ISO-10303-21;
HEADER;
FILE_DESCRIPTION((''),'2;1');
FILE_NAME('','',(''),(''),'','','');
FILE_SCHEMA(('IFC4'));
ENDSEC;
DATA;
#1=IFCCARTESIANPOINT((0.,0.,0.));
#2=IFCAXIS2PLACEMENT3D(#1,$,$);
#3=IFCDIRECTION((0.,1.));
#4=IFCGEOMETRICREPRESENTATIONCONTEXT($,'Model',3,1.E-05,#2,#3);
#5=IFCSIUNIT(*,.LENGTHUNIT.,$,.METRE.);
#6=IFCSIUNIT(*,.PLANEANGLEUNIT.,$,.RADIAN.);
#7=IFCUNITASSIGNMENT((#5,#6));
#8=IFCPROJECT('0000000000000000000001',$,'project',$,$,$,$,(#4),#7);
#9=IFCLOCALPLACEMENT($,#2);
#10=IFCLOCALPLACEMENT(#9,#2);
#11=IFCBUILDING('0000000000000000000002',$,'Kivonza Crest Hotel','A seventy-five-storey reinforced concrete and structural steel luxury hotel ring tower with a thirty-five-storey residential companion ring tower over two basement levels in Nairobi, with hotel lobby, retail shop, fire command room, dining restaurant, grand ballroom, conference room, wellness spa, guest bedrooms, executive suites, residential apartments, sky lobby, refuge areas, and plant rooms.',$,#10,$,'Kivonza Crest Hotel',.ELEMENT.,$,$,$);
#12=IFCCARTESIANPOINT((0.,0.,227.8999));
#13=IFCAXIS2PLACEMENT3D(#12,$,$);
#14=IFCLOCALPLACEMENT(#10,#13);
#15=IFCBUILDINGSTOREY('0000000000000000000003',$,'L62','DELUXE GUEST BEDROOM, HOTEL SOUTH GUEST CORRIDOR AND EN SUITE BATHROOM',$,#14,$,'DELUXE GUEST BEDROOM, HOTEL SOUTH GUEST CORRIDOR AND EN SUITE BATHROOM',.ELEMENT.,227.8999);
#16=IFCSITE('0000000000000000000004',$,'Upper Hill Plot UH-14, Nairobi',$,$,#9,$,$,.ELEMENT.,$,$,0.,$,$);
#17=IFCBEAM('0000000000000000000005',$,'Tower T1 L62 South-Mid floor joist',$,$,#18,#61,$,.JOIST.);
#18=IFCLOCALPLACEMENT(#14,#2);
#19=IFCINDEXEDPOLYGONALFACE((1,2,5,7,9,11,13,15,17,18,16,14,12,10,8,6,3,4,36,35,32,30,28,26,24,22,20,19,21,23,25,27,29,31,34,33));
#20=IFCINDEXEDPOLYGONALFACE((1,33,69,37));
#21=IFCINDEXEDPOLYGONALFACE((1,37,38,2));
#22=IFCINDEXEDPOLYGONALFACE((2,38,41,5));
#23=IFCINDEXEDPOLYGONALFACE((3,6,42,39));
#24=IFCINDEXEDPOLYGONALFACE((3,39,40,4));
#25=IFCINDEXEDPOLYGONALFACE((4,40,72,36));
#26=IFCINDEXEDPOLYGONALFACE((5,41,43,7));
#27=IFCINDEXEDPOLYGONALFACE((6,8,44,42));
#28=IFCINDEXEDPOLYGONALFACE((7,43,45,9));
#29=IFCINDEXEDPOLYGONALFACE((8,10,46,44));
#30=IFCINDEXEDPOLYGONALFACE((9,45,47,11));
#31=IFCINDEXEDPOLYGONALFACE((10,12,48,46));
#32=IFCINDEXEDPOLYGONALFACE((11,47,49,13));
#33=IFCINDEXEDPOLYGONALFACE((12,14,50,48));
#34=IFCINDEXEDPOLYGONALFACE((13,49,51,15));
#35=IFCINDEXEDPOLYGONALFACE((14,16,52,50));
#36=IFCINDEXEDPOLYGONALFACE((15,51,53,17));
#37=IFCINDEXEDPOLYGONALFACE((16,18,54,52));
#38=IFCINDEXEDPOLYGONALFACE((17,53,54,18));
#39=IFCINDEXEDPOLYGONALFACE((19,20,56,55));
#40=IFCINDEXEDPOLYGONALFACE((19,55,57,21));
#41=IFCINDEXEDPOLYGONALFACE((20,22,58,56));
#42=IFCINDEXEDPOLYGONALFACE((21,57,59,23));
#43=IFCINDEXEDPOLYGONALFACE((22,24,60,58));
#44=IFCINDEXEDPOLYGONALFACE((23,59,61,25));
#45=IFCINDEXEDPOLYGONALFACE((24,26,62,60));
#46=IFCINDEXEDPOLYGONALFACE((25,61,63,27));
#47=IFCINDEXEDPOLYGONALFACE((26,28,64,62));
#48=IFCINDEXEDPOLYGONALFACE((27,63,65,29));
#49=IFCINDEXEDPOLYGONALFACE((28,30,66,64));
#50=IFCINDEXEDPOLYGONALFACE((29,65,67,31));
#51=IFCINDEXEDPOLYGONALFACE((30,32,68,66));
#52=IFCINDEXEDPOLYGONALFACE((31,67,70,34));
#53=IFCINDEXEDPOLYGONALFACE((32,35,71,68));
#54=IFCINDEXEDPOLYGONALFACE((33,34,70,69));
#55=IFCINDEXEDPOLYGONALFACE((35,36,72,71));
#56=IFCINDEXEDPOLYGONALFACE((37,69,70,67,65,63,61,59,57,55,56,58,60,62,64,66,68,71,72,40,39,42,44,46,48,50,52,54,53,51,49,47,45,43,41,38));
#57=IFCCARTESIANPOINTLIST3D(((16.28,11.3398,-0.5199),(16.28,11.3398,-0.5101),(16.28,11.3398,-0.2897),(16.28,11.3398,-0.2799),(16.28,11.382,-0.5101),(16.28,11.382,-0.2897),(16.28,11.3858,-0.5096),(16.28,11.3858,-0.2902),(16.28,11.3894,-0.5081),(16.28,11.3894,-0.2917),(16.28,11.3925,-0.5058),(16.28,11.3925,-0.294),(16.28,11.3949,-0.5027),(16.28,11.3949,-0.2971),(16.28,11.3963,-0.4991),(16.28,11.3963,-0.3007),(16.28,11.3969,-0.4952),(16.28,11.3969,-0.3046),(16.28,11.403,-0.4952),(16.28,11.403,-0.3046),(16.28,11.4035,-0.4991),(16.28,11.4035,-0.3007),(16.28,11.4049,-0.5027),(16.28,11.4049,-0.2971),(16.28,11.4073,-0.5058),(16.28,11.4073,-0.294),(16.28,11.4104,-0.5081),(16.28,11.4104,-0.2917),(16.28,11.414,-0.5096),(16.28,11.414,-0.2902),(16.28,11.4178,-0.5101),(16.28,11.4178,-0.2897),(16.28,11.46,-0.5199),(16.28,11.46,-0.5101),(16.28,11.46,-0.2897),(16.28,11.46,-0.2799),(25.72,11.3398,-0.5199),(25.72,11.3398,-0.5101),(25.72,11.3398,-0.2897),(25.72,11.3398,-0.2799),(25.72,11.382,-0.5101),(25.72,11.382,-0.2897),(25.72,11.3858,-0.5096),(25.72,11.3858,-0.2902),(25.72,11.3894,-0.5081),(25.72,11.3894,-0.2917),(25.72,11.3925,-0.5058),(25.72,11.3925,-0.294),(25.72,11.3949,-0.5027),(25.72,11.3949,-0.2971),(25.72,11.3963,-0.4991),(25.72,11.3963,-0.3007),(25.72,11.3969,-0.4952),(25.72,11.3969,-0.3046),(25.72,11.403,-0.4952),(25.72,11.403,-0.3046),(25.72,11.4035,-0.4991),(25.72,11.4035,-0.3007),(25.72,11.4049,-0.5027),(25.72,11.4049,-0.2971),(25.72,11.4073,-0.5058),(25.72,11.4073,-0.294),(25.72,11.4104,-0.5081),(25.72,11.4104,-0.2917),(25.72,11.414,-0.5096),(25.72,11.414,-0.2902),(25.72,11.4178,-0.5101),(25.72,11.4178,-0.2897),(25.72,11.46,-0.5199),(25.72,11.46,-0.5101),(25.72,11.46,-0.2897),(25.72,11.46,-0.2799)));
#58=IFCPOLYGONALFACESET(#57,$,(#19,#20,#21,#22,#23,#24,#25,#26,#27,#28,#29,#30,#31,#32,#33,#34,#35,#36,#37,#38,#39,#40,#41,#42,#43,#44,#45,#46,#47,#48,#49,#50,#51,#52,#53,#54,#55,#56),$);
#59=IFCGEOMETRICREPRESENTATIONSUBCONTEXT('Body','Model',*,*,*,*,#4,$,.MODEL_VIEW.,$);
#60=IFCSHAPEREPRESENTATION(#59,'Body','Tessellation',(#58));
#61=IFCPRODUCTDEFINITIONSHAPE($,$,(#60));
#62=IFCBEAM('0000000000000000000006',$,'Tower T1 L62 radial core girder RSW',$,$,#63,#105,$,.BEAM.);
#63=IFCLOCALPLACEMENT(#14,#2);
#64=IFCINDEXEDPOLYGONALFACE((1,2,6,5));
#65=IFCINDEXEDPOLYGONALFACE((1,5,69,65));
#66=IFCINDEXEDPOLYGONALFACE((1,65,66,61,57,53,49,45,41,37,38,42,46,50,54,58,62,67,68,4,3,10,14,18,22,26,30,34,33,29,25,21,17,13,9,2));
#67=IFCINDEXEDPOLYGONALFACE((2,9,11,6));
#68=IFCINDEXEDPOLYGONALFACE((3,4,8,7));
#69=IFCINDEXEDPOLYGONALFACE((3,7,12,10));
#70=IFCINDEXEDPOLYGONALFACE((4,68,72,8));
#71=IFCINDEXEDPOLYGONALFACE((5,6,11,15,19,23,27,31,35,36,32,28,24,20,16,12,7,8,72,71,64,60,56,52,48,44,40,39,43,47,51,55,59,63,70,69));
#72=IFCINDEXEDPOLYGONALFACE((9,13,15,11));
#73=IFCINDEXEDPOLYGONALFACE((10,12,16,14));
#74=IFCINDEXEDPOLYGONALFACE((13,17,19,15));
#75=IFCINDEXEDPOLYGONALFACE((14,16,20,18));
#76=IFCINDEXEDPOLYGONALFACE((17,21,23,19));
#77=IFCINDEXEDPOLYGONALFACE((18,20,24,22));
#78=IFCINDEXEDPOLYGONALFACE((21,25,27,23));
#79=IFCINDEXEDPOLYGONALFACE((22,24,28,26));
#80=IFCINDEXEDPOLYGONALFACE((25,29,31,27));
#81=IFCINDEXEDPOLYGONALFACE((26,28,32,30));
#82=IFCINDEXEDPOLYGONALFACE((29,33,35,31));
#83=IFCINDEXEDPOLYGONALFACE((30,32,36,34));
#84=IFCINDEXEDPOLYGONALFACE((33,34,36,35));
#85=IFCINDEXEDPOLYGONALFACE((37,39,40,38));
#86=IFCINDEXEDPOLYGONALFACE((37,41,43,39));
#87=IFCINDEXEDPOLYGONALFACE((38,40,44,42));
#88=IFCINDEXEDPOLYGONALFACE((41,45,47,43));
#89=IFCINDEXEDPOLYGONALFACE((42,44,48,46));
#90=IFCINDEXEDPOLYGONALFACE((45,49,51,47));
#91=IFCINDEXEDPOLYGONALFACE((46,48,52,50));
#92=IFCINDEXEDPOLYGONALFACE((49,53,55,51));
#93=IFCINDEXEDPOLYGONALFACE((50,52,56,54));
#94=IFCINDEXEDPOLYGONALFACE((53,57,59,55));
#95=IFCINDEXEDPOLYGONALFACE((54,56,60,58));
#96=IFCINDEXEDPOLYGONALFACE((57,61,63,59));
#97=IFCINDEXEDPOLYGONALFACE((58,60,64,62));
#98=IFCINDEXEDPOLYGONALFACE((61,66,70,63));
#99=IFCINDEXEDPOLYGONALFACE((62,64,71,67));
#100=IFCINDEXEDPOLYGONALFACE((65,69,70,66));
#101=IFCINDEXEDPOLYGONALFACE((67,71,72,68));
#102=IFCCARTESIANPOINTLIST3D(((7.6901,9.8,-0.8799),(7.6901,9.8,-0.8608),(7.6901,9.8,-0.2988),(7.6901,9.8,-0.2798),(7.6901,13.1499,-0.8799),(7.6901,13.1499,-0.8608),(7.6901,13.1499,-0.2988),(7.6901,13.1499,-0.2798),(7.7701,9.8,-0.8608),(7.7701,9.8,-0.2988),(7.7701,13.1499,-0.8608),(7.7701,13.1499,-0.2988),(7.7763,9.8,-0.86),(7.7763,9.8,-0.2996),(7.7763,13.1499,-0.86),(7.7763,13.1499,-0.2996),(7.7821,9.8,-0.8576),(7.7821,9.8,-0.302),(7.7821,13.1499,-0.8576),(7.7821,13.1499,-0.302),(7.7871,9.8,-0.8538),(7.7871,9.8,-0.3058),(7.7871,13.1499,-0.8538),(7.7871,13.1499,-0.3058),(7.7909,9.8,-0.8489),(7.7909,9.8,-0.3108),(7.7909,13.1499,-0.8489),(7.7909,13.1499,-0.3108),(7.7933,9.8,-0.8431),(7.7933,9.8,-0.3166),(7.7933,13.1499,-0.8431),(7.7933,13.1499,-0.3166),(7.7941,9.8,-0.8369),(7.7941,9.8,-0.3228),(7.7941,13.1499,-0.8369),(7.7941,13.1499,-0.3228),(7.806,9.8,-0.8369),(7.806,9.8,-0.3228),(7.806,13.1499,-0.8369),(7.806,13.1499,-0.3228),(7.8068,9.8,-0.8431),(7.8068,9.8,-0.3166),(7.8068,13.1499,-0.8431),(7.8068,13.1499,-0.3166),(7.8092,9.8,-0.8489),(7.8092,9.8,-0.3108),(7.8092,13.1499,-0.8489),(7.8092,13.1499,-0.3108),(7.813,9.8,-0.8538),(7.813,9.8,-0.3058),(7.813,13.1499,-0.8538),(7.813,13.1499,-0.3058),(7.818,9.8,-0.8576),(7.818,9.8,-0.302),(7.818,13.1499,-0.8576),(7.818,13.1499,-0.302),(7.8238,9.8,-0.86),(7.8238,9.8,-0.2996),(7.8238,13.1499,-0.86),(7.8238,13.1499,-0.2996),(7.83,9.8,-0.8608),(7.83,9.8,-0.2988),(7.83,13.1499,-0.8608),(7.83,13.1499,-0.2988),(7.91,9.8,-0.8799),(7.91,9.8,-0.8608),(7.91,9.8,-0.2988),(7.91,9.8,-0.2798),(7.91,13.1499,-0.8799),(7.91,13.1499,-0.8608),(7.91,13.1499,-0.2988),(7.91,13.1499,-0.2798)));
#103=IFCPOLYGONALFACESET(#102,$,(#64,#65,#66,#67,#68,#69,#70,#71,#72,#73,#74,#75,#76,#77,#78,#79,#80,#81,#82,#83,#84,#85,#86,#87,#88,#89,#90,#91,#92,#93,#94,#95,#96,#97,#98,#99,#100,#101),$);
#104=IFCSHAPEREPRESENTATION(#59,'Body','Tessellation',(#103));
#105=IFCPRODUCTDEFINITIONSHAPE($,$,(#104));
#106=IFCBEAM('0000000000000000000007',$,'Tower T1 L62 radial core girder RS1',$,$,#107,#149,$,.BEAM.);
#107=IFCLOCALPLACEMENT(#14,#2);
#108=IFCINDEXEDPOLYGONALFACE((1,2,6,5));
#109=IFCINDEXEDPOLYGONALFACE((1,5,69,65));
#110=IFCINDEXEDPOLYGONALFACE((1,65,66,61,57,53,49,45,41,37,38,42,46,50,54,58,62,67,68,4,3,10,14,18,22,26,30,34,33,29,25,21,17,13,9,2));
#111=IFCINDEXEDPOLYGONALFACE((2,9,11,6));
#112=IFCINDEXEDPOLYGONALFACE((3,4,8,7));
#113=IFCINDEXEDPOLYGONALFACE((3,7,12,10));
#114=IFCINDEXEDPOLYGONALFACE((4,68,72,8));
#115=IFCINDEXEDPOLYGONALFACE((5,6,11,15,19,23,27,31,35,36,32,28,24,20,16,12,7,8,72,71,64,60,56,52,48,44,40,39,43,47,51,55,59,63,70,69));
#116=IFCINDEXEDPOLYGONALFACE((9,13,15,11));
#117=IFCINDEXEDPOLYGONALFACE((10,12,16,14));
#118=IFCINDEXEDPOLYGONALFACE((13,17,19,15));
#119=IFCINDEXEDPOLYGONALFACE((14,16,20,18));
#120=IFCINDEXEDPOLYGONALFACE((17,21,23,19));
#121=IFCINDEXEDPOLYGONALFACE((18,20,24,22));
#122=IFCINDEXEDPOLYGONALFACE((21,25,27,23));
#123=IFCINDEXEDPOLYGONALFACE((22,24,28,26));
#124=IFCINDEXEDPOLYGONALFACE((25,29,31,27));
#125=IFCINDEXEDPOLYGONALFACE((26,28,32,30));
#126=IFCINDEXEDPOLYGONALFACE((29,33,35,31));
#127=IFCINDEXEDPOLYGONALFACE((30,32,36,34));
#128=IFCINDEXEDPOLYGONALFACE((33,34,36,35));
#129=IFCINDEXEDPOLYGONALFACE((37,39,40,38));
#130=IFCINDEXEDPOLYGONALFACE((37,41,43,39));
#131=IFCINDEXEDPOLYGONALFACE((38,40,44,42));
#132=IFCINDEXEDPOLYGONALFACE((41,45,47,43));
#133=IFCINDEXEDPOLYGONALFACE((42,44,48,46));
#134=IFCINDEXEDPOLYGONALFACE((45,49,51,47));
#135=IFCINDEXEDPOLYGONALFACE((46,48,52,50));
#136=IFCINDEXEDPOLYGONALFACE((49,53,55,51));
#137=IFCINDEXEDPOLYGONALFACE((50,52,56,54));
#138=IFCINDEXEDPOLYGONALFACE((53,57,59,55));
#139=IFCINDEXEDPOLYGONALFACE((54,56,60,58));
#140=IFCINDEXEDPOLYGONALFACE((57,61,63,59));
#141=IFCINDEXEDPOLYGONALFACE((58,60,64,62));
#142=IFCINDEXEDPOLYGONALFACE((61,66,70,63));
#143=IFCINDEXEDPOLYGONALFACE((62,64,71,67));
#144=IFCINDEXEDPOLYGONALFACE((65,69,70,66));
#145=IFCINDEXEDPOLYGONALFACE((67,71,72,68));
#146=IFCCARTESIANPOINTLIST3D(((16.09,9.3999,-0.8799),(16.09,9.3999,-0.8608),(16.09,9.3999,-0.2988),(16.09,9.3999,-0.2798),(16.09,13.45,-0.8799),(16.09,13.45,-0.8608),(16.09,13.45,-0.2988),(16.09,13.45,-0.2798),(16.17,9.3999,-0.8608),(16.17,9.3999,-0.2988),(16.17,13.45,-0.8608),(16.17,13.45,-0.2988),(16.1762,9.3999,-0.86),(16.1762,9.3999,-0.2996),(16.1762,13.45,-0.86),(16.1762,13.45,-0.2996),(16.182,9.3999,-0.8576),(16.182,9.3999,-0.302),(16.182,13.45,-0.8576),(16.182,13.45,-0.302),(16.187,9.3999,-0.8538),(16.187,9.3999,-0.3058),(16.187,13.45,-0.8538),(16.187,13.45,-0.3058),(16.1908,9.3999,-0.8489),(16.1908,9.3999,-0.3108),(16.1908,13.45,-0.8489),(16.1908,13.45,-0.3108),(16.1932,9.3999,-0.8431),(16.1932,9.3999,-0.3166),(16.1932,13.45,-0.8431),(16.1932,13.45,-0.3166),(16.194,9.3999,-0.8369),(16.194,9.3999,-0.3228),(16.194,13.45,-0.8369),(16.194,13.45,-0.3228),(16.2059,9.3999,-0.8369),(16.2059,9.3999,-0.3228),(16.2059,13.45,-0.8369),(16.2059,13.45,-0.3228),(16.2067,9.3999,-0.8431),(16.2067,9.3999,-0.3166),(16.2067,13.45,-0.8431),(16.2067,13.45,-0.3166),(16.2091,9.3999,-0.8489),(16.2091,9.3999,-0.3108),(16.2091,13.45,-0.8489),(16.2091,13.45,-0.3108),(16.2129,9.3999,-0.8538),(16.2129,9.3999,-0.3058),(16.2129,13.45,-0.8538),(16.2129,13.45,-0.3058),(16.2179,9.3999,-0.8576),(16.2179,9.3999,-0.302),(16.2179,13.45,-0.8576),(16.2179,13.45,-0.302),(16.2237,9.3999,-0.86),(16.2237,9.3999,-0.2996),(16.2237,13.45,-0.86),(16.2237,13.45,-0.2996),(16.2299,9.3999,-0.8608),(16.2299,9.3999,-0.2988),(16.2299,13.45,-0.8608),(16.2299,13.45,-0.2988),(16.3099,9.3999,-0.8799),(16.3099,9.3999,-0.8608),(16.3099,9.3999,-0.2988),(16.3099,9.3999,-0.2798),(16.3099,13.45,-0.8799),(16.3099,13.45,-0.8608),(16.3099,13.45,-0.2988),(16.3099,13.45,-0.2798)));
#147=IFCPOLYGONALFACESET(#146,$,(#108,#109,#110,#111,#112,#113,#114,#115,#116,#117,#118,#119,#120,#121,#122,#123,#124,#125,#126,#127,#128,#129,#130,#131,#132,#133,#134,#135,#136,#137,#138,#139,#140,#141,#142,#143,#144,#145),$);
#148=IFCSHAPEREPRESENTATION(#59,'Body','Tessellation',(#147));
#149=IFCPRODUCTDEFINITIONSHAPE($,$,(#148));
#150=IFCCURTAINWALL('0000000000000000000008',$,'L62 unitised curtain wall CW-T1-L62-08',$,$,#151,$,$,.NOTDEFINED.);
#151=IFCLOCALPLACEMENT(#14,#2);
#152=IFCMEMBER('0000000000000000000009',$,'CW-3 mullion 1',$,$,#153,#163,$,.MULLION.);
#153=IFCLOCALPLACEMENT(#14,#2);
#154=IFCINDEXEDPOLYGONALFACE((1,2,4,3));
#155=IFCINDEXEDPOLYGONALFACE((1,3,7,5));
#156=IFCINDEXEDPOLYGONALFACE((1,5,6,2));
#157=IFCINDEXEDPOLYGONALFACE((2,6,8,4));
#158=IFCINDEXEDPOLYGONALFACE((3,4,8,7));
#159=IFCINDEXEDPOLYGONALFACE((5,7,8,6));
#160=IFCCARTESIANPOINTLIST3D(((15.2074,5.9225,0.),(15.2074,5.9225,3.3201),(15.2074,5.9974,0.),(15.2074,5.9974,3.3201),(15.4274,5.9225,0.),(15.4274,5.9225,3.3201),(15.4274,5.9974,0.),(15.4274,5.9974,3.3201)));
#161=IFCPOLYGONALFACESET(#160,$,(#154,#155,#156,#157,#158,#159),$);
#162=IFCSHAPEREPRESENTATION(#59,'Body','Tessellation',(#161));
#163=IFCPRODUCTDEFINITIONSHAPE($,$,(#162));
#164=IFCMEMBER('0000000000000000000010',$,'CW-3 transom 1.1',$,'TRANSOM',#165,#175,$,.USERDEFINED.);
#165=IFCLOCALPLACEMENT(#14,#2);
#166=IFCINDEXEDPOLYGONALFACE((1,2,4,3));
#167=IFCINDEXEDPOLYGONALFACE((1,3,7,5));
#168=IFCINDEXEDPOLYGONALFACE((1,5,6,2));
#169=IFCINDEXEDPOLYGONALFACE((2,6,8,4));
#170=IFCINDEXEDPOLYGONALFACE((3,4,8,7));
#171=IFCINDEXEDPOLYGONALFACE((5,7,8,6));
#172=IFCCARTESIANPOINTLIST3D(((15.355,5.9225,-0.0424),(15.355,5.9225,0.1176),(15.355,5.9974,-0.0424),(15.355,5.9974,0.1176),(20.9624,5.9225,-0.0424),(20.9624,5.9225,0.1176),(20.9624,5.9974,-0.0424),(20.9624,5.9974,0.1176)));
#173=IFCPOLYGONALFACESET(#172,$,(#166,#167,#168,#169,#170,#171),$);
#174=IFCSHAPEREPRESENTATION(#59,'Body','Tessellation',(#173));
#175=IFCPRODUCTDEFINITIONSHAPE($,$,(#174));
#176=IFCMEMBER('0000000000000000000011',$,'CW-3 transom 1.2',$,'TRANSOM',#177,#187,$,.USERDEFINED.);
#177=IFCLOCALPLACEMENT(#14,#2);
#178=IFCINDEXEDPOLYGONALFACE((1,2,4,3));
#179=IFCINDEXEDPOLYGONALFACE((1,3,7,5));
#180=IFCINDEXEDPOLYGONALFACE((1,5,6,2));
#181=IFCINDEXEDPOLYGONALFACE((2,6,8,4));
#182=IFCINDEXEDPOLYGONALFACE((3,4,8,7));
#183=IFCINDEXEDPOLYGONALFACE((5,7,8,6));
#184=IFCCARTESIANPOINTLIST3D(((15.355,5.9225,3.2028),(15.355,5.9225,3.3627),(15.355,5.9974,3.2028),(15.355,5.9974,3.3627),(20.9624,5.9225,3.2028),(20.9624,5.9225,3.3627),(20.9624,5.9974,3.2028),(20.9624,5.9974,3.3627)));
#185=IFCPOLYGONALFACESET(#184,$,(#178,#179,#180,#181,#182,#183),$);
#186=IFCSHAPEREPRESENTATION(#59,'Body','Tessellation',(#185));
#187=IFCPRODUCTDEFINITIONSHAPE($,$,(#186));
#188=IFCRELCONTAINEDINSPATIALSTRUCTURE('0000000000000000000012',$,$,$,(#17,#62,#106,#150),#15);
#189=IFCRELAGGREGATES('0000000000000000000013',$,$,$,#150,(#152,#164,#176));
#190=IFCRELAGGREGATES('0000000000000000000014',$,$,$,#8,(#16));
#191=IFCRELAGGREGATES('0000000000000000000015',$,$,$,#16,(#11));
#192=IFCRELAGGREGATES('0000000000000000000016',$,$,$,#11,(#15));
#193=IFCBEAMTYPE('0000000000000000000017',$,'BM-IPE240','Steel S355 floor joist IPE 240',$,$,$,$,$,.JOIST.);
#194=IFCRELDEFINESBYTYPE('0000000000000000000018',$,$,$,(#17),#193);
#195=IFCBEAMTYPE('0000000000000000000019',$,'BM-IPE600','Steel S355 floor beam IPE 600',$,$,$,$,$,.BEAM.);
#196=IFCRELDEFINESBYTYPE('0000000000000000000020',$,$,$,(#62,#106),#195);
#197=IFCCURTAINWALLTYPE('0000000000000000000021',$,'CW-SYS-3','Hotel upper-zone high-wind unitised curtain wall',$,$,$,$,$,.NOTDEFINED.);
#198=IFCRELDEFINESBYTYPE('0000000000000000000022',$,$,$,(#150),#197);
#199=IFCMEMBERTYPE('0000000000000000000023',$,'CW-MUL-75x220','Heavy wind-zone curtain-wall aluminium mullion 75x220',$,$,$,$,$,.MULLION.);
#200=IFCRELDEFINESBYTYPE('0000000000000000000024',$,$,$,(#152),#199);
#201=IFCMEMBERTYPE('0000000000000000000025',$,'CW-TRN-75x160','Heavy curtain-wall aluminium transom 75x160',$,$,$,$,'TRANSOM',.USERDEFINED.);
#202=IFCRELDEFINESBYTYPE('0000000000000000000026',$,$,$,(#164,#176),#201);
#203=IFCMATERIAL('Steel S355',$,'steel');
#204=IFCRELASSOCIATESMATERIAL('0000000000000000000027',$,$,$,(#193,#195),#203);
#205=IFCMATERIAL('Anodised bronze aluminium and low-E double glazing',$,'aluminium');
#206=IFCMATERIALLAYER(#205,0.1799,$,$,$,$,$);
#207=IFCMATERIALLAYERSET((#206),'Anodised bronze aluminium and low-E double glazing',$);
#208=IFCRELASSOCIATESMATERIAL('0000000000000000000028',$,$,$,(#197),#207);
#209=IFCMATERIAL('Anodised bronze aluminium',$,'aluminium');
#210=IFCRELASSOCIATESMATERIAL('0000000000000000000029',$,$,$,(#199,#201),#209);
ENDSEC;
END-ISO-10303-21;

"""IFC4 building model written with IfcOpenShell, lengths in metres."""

from ifc_helpers import new_model, si_unit, direction, frame, origin, origin_2d, place, context, subcontext, project, spatial, rectangle, i_section, extrude, material, layer, layer_set, material_profile, profile_set, type_object, element, aggregate, save


model = new_model("IFC4")

# Units and contexts
model_context = context("Model", 3, precision=1e-05, world=origin(), true_north=direction((0.0, 1.0)))
body_context = subcontext(model_context, "Body", "Model", "MODEL_VIEW")
ifc_project = project(units=[si_unit("LENGTHUNIT", "METRE"), si_unit("PLANEANGLEUNIT", "RADIAN")], contexts=[model_context])

# Site, building, storey
site_placement = place(None, origin())
site = spatial("IfcSite", under=ifc_project, at=site_placement, Name="Upper Hill Plot UH-14, Nairobi", CompositionType="ELEMENT", RefElevation=0.0)
building_placement = place(site_placement, origin())
building = spatial("IfcBuilding", under=site, at=building_placement, Name="Kivonza Crest Hotel", Description="A seventy-five-storey reinforced concrete and structural steel luxury hotel ring tower with a thirty-five-storey residential companion ring tower over two basement levels in Nairobi, with hotel lobby, retail shop, fire command room, dining restaurant, grand ballroom, conference room, wellness spa, guest bedrooms, executive suites, residential apartments, sky lobby, refuge areas, and plant rooms.", LongName="Kivonza Crest Hotel", CompositionType="ELEMENT")
storey_placement = place(building_placement, frame((0.0, 0.0, 227.8999)))
storey = spatial("IfcBuildingStorey", under=building, at=storey_placement, Name="L62", Description="DELUXE GUEST BEDROOM, HOTEL SOUTH GUEST CORRIDOR AND EN SUITE BATHROOM", LongName="DELUXE GUEST BEDROOM, HOTEL SOUTH GUEST CORRIDOR AND EN SUITE BATHROOM", CompositionType="ELEMENT", Elevation=227.8999)

# Beams
ifc_material_1 = material(Name="Steel S355", Category="steel")
ifc_material_profile_1 = material_profile(ifc_material_1, i_section(OverallWidth=0.1201, OverallDepth=0.24, WebThickness=0.0061, FlangeThickness=0.0098, FilletRadius=0.0149, at=origin_2d()), Name="IPE 240")
ifc_profile_set_1 = profile_set([ifc_material_profile_1], Name="Steel S355")
beam_type_1 = type_object("IfcBeamType", Name="BM-IPE240", Description="Steel S355 floor joist IPE 240", PredefinedType="JOIST", material=ifc_profile_set_1)
beam_1_placement = place(storey_placement, frame((16.28, 11.3999, -0.3999), z_axis=(1.0, 0.0, 0.0), x_axis=(0.0, 1.0, 0.0)))
element("IfcBeam", 1, at=beam_1_placement, inside=storey, type_object=beam_type_1, Name="Tower T1 L62 South-Mid floor joist", PredefinedType="JOIST", context=body_context, shape_type="SweptSolid", body=[
    extrude(i_section(OverallWidth=0.1201, OverallDepth=0.24, WebThickness=0.0061, FlangeThickness=0.0098, FilletRadius=0.0149, at=origin_2d()), origin(), (0.0, 0.0, 1.0), 9.4399),
])
ifc_material_profile_2 = material_profile(ifc_material_1, i_section(OverallWidth=0.22, OverallDepth=0.6001, WebThickness=0.012, FlangeThickness=0.019, FilletRadius=0.0239, at=origin_2d()), Name="IPE 600")
ifc_profile_set_2 = profile_set([ifc_material_profile_2], Name="Steel S355")
beam_type_2 = type_object("IfcBeamType", Name="BM-IPE600", Description="Steel S355 floor beam IPE 600", PredefinedType="BEAM", material=ifc_profile_set_2)
beam_2_placement = place(storey_placement, frame((7.8, 9.8, -0.5798), z_axis=(0.0, 1.0, 0.0), x_axis=(-1.0, 0.0, 0.0)))
element("IfcBeam", 2, at=beam_2_placement, inside=storey, type_object=beam_type_2, Name="Tower T1 L62 radial core girder RSW", PredefinedType="BEAM", context=body_context, shape_type="SweptSolid", body=[
    extrude(i_section(OverallWidth=0.22, OverallDepth=0.6001, WebThickness=0.012, FlangeThickness=0.019, FilletRadius=0.0239, at=origin_2d()), origin(), (0.0, 0.0, 1.0), 3.3499),
])
beam_3_placement = place(storey_placement, frame((16.2, 9.3999, -0.5798), z_axis=(0.0, 1.0, 0.0), x_axis=(-1.0, 0.0, 0.0)))
element("IfcBeam", 3, at=beam_3_placement, inside=storey, type_object=beam_type_2, Name="Tower T1 L62 radial core girder RS1", PredefinedType="BEAM", context=body_context, shape_type="SweptSolid", body=[
    extrude(i_section(OverallWidth=0.22, OverallDepth=0.6001, WebThickness=0.012, FlangeThickness=0.019, FilletRadius=0.0239, at=origin_2d()), origin(), (0.0, 0.0, 1.0), 4.05),
])

# Curtain wall, members
ifc_material_2 = material(Name="Anodised bronze aluminium and low-E double glazing", Category="aluminium")
ifc_layer_1 = layer(ifc_material_2, 0.1799)
ifc_layer_set_1 = layer_set([ifc_layer_1], Name="Anodised bronze aluminium and low-E double glazing")
curtain_wall_type = type_object("IfcCurtainWallType", Name="CW-SYS-3", Description="Hotel upper-zone high-wind unitised curtain wall", PredefinedType="NOTDEFINED", material=ifc_layer_set_1)
curtain_wall_placement = place(storey_placement, origin())
curtain_wall = element("IfcCurtainWall", 4, at=curtain_wall_placement, inside=storey, type_object=curtain_wall_type, Name="L62 unitised curtain wall CW-T1-L62-08", PredefinedType="NOTDEFINED")
ifc_material_3 = material(Name="Anodised bronze aluminium", Category="aluminium")
ifc_material_profile_3 = material_profile(ifc_material_3, rectangle(XDim=0.075, YDim=0.22, at=origin_2d()), Name="CW-M 75x220")
ifc_profile_set_3 = profile_set([ifc_material_profile_3], Name="Anodised bronze aluminium")
member_type_1 = type_object("IfcMemberType", Name="CW-MUL-75x220", Description="Heavy wind-zone curtain-wall aluminium mullion 75x220", PredefinedType="MULLION", material=ifc_profile_set_3)
member_1_placement = place(storey_placement, frame((15.3174, 5.96, 0.0), z_axis=(0.0, 0.0, 1.0), x_axis=(0.0, 1.0, 0.0)))
member_1 = element("IfcMember", 5, at=member_1_placement, type_object=member_type_1, Name="CW-3 mullion 1", PredefinedType="MULLION", context=body_context, shape_type="SweptSolid", body=[
    extrude(rectangle(XDim=0.075, YDim=0.22, at=origin_2d()), origin(), (0.0, 0.0, 1.0), 3.3201),
])
ifc_material_profile_4 = material_profile(ifc_material_3, rectangle(XDim=0.075, YDim=0.1599, at=origin_2d()), Name="CW-T 75x160")
ifc_profile_set_4 = profile_set([ifc_material_profile_4], Name="Anodised bronze aluminium")
member_type_2 = type_object("IfcMemberType", Name="CW-TRN-75x160", Description="Heavy curtain-wall aluminium transom 75x160", ElementType="TRANSOM", PredefinedType="USERDEFINED", material=ifc_profile_set_4)
member_2_placement = place(storey_placement, frame((15.355, 5.96, 0.0376), z_axis=(1.0, 0.0, 0.0), x_axis=(0.0, 1.0, 0.0)))
member_2 = element("IfcMember", 6, at=member_2_placement, type_object=member_type_2, Name="CW-3 transom 1.1", ObjectType="TRANSOM", PredefinedType="USERDEFINED", context=body_context, shape_type="SweptSolid", body=[
    extrude(rectangle(XDim=0.075, YDim=0.1599, at=origin_2d()), origin(), (0.0, 0.0, 1.0), 5.6074),
])
member_3_placement = place(storey_placement, frame((15.355, 5.96, 3.2827), z_axis=(1.0, 0.0, 0.0), x_axis=(0.0, 1.0, 0.0)))
member_3 = element("IfcMember", 7, at=member_3_placement, type_object=member_type_2, Name="CW-3 transom 1.2", ObjectType="TRANSOM", PredefinedType="USERDEFINED", context=body_context, shape_type="SweptSolid", body=[
    extrude(rectangle(XDim=0.075, YDim=0.1599, at=origin_2d()), origin(), (0.0, 0.0, 1.0), 5.6074),
])
aggregate(curtain_wall, [member_1, member_2, member_3])

save(model, "model.ifc")
